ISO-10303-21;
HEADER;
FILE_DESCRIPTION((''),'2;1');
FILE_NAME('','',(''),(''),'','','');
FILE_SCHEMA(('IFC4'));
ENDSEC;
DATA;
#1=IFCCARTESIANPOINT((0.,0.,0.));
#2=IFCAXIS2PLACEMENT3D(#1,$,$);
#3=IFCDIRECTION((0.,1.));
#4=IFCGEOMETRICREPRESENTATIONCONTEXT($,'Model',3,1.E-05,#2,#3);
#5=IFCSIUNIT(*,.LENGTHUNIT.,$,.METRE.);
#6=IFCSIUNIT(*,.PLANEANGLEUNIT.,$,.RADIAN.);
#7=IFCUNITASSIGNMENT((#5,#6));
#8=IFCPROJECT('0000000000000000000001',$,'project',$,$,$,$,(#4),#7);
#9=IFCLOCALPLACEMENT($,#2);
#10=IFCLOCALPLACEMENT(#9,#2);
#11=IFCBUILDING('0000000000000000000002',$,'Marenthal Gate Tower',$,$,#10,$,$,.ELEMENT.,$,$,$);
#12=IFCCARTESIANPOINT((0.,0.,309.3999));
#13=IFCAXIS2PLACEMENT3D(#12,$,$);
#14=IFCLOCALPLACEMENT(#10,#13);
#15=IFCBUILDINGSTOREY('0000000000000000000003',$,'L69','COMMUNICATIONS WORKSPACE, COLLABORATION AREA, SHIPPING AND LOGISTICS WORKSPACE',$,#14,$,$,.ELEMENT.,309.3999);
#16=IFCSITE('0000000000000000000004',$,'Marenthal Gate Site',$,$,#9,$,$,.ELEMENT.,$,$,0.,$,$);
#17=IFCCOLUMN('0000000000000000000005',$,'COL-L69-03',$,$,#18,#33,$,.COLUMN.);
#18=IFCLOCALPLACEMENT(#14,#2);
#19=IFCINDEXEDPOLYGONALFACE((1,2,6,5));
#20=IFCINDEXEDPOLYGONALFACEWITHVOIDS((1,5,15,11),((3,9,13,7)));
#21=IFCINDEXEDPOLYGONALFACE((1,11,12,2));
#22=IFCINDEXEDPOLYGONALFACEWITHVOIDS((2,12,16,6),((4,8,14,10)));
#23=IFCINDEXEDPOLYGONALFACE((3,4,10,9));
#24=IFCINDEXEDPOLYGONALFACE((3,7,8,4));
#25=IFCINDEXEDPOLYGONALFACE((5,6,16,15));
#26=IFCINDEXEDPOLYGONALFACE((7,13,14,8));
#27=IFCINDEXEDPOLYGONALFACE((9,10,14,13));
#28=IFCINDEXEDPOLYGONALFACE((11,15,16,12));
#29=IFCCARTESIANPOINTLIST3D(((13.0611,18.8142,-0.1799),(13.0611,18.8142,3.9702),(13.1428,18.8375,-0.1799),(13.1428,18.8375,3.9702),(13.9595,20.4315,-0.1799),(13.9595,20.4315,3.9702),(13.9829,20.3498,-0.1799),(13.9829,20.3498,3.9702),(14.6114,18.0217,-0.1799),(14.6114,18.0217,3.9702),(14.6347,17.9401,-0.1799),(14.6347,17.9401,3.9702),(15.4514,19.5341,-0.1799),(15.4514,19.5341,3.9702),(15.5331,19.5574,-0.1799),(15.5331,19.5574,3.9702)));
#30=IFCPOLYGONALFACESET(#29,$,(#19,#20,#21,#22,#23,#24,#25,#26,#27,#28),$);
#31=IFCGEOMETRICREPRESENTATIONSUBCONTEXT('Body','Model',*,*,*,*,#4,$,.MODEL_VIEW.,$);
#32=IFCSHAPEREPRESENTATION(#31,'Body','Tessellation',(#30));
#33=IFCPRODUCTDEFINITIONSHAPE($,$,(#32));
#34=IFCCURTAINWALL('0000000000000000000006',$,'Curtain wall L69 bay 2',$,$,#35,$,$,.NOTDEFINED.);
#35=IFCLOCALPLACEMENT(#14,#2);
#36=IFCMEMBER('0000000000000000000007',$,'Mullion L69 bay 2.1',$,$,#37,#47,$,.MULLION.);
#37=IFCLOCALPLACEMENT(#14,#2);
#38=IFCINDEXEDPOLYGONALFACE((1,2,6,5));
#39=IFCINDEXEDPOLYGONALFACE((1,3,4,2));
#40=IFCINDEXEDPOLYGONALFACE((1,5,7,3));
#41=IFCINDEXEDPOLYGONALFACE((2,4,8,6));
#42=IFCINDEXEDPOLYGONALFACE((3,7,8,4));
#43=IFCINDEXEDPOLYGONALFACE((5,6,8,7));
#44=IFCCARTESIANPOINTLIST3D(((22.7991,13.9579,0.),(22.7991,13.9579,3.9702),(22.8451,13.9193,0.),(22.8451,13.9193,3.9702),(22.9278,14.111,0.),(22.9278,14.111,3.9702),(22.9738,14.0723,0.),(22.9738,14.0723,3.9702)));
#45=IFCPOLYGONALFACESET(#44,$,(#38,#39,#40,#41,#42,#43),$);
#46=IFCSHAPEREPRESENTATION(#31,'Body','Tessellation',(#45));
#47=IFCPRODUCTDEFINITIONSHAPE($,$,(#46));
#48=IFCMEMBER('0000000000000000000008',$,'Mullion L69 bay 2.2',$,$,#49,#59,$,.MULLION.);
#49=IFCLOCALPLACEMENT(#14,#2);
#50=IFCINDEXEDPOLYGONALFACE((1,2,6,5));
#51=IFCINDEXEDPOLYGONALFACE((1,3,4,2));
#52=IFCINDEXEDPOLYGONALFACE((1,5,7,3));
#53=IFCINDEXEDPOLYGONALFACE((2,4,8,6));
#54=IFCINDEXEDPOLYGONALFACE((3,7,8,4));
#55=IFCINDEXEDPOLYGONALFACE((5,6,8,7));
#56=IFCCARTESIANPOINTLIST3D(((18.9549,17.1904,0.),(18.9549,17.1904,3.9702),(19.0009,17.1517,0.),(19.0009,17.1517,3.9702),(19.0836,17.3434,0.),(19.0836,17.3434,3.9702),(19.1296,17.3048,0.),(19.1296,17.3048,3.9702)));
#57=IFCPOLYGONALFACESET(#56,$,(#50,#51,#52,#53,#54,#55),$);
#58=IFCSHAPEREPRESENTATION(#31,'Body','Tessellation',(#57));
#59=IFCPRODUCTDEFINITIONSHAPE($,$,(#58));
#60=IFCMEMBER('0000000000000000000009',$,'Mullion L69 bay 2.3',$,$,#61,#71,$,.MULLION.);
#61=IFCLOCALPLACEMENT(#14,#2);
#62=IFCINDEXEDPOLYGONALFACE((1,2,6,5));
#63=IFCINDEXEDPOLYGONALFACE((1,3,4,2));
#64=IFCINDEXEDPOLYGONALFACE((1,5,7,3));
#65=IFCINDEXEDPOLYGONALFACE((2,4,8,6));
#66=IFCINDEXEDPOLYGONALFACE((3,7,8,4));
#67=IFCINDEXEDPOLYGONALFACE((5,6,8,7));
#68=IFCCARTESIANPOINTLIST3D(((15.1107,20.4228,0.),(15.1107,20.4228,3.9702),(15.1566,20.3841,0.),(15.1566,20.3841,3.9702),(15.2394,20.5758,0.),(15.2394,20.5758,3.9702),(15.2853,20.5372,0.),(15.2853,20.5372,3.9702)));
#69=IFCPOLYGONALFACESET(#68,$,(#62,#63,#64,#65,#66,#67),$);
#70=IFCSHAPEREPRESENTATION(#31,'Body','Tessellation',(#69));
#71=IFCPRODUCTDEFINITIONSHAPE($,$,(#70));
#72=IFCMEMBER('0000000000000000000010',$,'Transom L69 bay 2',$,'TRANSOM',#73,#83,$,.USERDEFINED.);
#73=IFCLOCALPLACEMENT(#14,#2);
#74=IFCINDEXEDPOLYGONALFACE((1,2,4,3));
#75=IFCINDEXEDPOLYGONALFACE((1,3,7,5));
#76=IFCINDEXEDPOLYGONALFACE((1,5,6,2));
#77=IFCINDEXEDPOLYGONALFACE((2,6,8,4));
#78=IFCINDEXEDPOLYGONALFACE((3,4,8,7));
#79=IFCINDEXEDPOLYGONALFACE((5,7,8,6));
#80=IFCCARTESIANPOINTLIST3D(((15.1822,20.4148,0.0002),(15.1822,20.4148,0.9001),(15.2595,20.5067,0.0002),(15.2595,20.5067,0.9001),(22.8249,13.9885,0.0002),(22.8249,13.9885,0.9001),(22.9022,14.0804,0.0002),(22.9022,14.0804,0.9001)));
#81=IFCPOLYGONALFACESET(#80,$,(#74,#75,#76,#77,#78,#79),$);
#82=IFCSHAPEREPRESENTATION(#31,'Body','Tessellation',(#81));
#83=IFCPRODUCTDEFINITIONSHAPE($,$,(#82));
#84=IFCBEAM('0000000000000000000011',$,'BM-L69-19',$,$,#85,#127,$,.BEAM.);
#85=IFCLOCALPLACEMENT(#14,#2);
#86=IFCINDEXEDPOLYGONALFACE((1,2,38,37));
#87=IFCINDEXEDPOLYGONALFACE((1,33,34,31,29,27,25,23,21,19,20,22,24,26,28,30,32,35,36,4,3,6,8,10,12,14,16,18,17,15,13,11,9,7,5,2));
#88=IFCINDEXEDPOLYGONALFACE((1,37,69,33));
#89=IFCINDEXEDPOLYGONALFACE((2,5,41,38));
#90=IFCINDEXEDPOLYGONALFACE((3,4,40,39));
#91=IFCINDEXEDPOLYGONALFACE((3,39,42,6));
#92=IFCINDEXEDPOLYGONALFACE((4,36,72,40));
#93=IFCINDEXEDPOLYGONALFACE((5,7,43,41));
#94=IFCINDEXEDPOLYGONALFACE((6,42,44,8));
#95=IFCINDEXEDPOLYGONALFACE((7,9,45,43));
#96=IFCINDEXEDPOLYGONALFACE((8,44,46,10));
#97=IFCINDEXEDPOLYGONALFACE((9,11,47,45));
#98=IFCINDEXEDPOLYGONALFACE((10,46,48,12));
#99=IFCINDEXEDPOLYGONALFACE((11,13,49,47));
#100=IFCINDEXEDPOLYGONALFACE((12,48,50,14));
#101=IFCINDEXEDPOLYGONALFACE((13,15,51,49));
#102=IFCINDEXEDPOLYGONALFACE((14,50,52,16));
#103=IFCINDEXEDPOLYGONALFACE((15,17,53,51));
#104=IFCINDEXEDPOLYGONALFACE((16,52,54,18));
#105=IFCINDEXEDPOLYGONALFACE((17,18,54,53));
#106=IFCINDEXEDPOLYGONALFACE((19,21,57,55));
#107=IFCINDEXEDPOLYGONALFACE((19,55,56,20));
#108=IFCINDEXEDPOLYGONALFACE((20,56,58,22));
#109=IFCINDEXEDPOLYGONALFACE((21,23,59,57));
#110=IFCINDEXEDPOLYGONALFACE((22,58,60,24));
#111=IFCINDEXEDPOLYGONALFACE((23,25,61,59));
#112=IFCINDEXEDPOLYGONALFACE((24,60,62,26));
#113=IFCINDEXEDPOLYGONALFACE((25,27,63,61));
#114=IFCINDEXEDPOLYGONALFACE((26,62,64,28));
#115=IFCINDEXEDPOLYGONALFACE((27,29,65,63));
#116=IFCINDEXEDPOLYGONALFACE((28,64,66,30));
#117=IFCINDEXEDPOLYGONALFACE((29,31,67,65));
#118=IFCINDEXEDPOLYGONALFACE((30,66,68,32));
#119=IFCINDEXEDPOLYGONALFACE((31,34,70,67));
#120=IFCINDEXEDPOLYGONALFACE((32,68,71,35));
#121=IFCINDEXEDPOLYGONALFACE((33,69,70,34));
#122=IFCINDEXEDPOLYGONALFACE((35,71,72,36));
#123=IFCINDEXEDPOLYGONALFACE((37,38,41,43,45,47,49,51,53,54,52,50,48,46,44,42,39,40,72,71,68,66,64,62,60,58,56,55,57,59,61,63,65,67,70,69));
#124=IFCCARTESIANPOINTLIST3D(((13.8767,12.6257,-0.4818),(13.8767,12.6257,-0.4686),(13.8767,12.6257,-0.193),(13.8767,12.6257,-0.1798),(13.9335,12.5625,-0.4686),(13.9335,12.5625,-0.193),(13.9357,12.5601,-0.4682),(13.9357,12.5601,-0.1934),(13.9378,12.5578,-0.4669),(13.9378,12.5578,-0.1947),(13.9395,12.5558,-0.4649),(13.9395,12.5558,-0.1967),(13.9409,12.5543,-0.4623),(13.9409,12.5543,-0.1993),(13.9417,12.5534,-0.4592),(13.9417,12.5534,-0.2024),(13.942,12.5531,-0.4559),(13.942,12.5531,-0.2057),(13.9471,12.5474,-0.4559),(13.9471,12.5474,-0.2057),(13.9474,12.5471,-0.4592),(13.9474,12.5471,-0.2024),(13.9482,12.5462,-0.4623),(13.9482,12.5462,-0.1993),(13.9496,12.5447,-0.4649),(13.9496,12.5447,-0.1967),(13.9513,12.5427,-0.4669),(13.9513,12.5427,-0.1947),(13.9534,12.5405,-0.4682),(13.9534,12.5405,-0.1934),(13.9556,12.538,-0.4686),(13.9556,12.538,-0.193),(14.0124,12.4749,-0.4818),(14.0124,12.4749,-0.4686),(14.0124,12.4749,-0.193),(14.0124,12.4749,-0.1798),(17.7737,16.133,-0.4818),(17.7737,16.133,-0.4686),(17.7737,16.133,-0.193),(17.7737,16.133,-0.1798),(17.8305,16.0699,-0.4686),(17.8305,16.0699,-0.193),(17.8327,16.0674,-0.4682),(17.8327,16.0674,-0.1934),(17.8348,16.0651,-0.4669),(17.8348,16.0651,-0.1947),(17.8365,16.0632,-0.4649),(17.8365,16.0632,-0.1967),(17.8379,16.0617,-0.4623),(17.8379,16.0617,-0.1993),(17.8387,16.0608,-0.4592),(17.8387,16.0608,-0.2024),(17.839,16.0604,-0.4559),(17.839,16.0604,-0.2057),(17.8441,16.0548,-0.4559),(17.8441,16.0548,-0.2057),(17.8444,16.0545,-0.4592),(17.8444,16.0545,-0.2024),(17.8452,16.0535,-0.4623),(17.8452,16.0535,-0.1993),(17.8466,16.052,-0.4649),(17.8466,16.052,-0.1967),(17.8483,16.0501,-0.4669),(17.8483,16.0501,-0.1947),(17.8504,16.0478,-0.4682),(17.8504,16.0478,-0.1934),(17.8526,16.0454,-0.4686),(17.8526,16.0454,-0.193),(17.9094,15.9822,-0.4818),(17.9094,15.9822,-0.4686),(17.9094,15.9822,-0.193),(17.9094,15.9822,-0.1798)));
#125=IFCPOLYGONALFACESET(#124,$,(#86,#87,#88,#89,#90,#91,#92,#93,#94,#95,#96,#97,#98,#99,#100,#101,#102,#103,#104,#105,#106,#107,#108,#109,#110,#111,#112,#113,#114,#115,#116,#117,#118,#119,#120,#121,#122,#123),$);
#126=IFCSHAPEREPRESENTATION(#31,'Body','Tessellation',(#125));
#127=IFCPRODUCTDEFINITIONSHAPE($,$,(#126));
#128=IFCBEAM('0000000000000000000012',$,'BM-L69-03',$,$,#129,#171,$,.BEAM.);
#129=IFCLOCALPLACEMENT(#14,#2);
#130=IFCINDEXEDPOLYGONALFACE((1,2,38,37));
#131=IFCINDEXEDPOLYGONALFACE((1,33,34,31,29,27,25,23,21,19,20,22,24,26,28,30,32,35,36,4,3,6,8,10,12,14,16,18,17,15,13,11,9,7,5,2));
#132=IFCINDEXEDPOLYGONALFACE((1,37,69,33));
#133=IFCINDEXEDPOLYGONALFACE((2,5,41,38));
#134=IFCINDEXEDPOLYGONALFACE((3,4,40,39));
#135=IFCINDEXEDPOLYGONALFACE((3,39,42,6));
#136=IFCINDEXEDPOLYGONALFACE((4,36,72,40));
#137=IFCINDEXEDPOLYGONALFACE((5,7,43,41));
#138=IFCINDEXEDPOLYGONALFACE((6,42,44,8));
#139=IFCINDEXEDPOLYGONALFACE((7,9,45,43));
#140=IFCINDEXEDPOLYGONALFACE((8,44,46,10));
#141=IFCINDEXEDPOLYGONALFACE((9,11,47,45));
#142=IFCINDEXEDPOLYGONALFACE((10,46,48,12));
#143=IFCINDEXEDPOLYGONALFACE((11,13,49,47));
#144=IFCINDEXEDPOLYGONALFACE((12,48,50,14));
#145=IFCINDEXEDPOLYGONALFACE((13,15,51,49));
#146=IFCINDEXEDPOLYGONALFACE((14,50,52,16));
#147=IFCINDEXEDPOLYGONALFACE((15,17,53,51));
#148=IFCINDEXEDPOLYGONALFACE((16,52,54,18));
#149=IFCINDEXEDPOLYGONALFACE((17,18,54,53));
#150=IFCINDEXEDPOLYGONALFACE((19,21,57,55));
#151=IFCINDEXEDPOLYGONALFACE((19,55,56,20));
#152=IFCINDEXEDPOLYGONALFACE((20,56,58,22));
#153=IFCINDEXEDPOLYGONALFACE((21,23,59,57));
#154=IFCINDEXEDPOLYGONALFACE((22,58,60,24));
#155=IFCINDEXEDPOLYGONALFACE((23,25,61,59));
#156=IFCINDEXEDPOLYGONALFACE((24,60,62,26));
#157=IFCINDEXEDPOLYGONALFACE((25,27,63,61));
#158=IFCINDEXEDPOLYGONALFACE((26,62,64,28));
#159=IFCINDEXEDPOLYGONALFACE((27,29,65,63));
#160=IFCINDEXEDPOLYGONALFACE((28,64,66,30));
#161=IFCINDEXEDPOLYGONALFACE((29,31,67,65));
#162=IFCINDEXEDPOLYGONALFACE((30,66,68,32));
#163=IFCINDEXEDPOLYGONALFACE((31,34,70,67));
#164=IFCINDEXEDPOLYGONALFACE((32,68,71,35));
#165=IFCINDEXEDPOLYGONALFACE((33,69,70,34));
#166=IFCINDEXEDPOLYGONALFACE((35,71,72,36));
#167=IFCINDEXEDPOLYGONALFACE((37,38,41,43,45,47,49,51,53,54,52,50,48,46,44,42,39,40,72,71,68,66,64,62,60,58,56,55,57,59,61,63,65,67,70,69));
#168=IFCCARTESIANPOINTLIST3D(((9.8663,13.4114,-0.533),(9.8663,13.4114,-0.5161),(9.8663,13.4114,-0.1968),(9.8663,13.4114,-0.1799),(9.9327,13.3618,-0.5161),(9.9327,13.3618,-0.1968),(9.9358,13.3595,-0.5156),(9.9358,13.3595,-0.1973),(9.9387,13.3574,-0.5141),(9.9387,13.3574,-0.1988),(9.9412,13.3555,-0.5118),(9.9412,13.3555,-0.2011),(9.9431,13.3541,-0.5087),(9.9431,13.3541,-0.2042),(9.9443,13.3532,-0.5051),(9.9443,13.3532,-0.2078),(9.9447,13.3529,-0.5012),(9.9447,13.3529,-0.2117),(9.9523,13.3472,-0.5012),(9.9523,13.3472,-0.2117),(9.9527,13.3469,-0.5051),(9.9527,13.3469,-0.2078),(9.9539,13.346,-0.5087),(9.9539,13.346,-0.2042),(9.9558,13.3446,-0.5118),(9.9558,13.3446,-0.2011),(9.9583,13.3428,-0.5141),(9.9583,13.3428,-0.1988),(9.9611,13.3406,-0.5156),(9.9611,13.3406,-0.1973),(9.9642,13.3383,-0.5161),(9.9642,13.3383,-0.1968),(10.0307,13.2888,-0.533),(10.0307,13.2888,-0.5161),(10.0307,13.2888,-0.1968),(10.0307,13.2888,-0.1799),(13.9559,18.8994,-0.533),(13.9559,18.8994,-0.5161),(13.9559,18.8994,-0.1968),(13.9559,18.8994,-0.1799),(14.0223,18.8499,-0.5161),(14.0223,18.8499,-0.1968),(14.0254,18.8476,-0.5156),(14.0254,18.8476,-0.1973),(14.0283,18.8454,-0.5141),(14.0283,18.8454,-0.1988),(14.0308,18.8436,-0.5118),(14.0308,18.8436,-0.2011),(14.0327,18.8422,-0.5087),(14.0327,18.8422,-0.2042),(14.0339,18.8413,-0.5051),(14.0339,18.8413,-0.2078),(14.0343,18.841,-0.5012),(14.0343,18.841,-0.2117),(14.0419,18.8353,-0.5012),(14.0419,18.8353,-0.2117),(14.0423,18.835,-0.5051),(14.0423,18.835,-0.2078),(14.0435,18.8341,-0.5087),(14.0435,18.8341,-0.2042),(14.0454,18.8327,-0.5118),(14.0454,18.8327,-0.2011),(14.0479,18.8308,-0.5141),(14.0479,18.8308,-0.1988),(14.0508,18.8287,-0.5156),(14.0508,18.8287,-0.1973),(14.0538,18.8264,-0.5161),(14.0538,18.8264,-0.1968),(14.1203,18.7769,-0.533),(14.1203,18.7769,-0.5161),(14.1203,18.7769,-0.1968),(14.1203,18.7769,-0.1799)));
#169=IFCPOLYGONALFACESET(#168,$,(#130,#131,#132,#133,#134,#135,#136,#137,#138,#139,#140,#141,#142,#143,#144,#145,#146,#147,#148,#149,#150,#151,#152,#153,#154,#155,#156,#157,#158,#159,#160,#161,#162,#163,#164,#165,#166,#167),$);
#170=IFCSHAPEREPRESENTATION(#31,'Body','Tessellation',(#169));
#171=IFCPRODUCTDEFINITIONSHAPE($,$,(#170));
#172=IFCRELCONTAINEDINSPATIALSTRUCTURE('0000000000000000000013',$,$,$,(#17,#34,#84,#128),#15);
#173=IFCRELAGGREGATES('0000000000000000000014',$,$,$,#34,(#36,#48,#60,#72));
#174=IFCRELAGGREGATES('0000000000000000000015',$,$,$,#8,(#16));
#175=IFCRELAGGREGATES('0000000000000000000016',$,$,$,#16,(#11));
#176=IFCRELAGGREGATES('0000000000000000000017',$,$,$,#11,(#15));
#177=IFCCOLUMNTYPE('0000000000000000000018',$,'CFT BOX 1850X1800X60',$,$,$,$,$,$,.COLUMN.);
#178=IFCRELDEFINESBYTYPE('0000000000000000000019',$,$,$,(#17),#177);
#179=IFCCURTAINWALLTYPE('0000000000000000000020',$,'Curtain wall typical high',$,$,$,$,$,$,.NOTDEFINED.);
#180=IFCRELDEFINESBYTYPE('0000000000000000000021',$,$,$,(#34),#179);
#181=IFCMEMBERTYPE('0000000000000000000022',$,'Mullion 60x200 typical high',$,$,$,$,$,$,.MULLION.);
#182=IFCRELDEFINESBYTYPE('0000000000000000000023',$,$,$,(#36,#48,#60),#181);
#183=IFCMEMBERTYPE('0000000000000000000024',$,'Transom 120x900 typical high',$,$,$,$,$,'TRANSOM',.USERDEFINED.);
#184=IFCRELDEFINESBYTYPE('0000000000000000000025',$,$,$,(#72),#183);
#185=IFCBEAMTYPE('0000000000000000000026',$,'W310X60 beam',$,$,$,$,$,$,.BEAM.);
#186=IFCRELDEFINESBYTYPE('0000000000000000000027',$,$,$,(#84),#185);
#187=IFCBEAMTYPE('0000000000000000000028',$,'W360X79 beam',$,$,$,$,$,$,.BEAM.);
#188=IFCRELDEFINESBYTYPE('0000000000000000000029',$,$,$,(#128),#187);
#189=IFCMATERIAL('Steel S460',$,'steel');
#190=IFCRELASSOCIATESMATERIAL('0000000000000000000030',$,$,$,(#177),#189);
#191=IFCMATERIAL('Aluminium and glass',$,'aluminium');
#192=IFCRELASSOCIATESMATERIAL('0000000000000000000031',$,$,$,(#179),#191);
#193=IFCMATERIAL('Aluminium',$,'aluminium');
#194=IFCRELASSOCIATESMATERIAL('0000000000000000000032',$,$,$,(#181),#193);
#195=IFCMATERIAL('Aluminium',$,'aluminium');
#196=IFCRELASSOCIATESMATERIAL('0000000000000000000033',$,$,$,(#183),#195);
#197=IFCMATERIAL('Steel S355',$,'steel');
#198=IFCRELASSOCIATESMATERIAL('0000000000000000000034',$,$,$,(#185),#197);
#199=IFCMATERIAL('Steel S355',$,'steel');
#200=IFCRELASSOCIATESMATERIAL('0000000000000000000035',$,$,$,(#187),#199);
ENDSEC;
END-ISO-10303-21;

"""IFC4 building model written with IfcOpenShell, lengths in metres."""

from ifc_helpers import new_model, si_unit, direction, frame, origin, origin_2d, place, context, subcontext, project, spatial, rectangle, hollow_rectangle, i_section, extrude, material, material_profile, profile_set, type_object, element, aggregate, save


model = new_model("IFC4")

# Units and contexts
model_context = context("Model", 3, precision=1e-05, world=origin(), true_north=direction((0.0, 1.0)))
body_context = subcontext(model_context, "Body", "Model", "MODEL_VIEW")
ifc_project = project(units=[si_unit("LENGTHUNIT", "METRE"), si_unit("PLANEANGLEUNIT", "RADIAN")], contexts=[model_context])

# Site, building, storey
site_placement = place(None, origin())
site = spatial("IfcSite", under=ifc_project, at=site_placement, Name="Marenthal Gate Site", CompositionType="ELEMENT", RefElevation=0.0)
building_placement = place(site_placement, origin())
building = spatial("IfcBuilding", under=site, at=building_placement, Name="Marenthal Gate Tower", CompositionType="ELEMENT")
storey_placement = place(building_placement, frame((0.0, 0.0, 309.3999)))
storey = spatial("IfcBuildingStorey", under=building, at=storey_placement, Name="L69", Description="COMMUNICATIONS WORKSPACE, COLLABORATION AREA, SHIPPING AND LOGISTICS WORKSPACE", CompositionType="ELEMENT", Elevation=309.3999)

# Column
ifc_material_1 = material(Name="Steel S460", Category="steel")
ifc_material_profile_1 = material_profile(ifc_material_1, hollow_rectangle(XDim=1.8, YDim=1.8501, WallThickness=0.0601, at=origin_2d()), Name="CFT BOX 1850X1800X60")
ifc_material_2 = material(Name="Concrete 70 MPa", Category="concrete")
ifc_material_profile_2 = material_profile(ifc_material_2, rectangle(XDim=1.6799, YDim=1.73, at=origin_2d()), Name="CFT BOX 1850X1800X60 INFILL")
ifc_profile_set_1 = profile_set([ifc_material_profile_1, ifc_material_profile_2], Name="Steel S460 shell, Concrete 70 MPa infill")
column_type = type_object("IfcColumnType", Name="CFT BOX 1850X1800X60", PredefinedType="COLUMN", material=ifc_profile_set_1)
column_placement = place(storey_placement, frame((14.2971, 19.1858, -0.1799), z_axis=(0.0, 0.0, 1.0), x_axis=(0.874186, -0.485591, 0.0)))
element("IfcColumn", 1, at=column_placement, inside=storey, type_object=column_type, Name="COL-L69-03", PredefinedType="COLUMN", context=body_context, shape_type="SweptSolid", body=[
    extrude(hollow_rectangle(XDim=1.8, YDim=1.8501, WallThickness=0.0601, at=origin_2d()), origin(), (0.0, 0.0, 1.0), 4.1501),
])

# Curtain wall, members
ifc_material_3 = material(Name="Aluminium and glass", Category="aluminium")
curtain_wall_type = type_object("IfcCurtainWallType", Name="Curtain wall typical high", PredefinedType="NOTDEFINED", material=ifc_material_3)
curtain_wall_placement = place(storey_placement, origin())
curtain_wall = element("IfcCurtainWall", 2, at=curtain_wall_placement, inside=storey, type_object=curtain_wall_type, Name="Curtain wall L69 bay 2", PredefinedType="NOTDEFINED")
ifc_material_4 = material(Name="Aluminium", Category="aluminium")
ifc_material_profile_3 = material_profile(ifc_material_4, rectangle(XDim=0.2, YDim=0.0601, at=origin_2d()), Name="60x200 aluminium mullion")
ifc_profile_set_2 = profile_set([ifc_material_profile_3], Name="Aluminium")
member_type_1 = type_object("IfcMemberType", Name="Mullion 60x200 typical high", PredefinedType="MULLION", material=ifc_profile_set_2)
member_1_placement = place(storey_placement, frame((22.8865, 14.0151, 0.0), z_axis=(0.0, 0.0, 1.0), x_axis=(-0.64357, -0.765387, 0.0)))
member_1 = element("IfcMember", 3, at=member_1_placement, type_object=member_type_1, Name="Mullion L69 bay 2.1", PredefinedType="MULLION", context=body_context, shape_type="SweptSolid", body=[
    extrude(rectangle(XDim=0.2, YDim=0.0601, at=origin_2d()), origin(), (0.0, 0.0, 1.0), 3.9702),
])
member_2_placement = place(storey_placement, frame((19.0422, 17.2476, 0.0), z_axis=(0.0, 0.0, 1.0), x_axis=(-0.64357, -0.765387, 0.0)))
member_2 = element("IfcMember", 4, at=member_2_placement, type_object=member_type_1, Name="Mullion L69 bay 2.2", PredefinedType="MULLION", context=body_context, shape_type="SweptSolid", body=[
    extrude(rectangle(XDim=0.2, YDim=0.0601, at=origin_2d()), origin(), (0.0, 0.0, 1.0), 3.9702),
])
member_3_placement = place(storey_placement, frame((15.198, 20.48, 0.0), z_axis=(0.0, 0.0, 1.0), x_axis=(-0.64357, -0.765387, 0.0)))
member_3 = element("IfcMember", 5, at=member_3_placement, type_object=member_type_1, Name="Mullion L69 bay 2.3", PredefinedType="MULLION", context=body_context, shape_type="SweptSolid", body=[
    extrude(rectangle(XDim=0.2, YDim=0.0601, at=origin_2d()), origin(), (0.0, 0.0, 1.0), 3.9702),
])
ifc_material_5 = material(Name="Aluminium", Category="aluminium")
ifc_material_profile_4 = material_profile(ifc_material_5, rectangle(XDim=0.1201, YDim=0.8999, at=origin_2d()), Name="120x900 aluminium transom")
ifc_profile_set_3 = profile_set([ifc_material_profile_4], Name="Aluminium")
member_type_2 = type_object("IfcMemberType", Name="Transom 120x900 typical high", ElementType="TRANSOM", PredefinedType="USERDEFINED", material=ifc_profile_set_3)
member_4_placement = place(storey_placement, frame((22.8635, 14.0344, 0.4502), z_axis=(-0.765384, 0.643574, 0.0), x_axis=(-0.643574, -0.765384, 0.0)))
member_4 = element("IfcMember", 6, at=member_4_placement, type_object=member_type_2, Name="Transom L69 bay 2", ObjectType="TRANSOM", PredefinedType="USERDEFINED", context=body_context, shape_type="SweptSolid", body=[
    extrude(rectangle(XDim=0.1201, YDim=0.8999, at=origin_2d()), origin(), (0.0, 0.0, 1.0), 9.9854),
])

# Beams
ifc_material_6 = material(Name="Steel S355", Category="steel")
ifc_material_profile_5 = material_profile(ifc_material_6, i_section(OverallWidth=0.2029, OverallDepth=0.302, WebThickness=0.0076, FlangeThickness=0.0132, FilletRadius=0.0127, at=origin_2d()), Name="W310X60")
ifc_profile_set_4 = profile_set([ifc_material_profile_5], Name="Steel S355")
beam_type_1 = type_object("IfcBeamType", Name="W310X60 beam", PredefinedType="BEAM", material=ifc_profile_set_4)
beam_1_placement = place(storey_placement, frame((17.8416, 16.0576, -0.3308), z_axis=(-0.74329, -0.66897, 0.0), x_axis=(0.66897, -0.74329, 0.0)))
element("IfcBeam", 7, at=beam_1_placement, inside=storey, type_object=beam_type_1, Name="BM-L69-19", PredefinedType="BEAM", context=body_context, shape_type="SweptSolid", body=[
    extrude(i_section(OverallWidth=0.2029, OverallDepth=0.302, WebThickness=0.0076, FlangeThickness=0.0132, FilletRadius=0.0127, at=origin_2d()), origin(), (0.0, 0.0, 1.0), 5.2429),
])
ifc_material_7 = material(Name="Steel S355", Category="steel")
ifc_material_profile_6 = material_profile(ifc_material_7, i_section(OverallWidth=0.2051, OverallDepth=0.353, WebThickness=0.0095, FlangeThickness=0.0168, FilletRadius=0.0149, at=origin_2d()), Name="W360X79")
ifc_profile_set_5 = profile_set([ifc_material_profile_6], Name="Steel S355")
beam_type_2 = type_object("IfcBeamType", Name="W360X79 beam", PredefinedType="BEAM", material=ifc_profile_set_5)
beam_2_placement = place(storey_placement, frame((14.0381, 18.8381, -0.3564), z_axis=(-0.597526, -0.80185, 0.0), x_axis=(0.80185, -0.597526, 0.0)))
element("IfcBeam", 8, at=beam_2_placement, inside=storey, type_object=beam_type_2, Name="BM-L69-03", PredefinedType="BEAM", context=body_context, shape_type="SweptSolid", body=[
    extrude(i_section(OverallWidth=0.2051, OverallDepth=0.353, WebThickness=0.0095, FlangeThickness=0.0168, FilletRadius=0.0149, at=origin_2d()), origin(), (0.0, 0.0, 1.0), 6.8442),
])

aggregate(curtain_wall, [member_1, member_2, member_3, member_4])

save(model, "model.ifc")
